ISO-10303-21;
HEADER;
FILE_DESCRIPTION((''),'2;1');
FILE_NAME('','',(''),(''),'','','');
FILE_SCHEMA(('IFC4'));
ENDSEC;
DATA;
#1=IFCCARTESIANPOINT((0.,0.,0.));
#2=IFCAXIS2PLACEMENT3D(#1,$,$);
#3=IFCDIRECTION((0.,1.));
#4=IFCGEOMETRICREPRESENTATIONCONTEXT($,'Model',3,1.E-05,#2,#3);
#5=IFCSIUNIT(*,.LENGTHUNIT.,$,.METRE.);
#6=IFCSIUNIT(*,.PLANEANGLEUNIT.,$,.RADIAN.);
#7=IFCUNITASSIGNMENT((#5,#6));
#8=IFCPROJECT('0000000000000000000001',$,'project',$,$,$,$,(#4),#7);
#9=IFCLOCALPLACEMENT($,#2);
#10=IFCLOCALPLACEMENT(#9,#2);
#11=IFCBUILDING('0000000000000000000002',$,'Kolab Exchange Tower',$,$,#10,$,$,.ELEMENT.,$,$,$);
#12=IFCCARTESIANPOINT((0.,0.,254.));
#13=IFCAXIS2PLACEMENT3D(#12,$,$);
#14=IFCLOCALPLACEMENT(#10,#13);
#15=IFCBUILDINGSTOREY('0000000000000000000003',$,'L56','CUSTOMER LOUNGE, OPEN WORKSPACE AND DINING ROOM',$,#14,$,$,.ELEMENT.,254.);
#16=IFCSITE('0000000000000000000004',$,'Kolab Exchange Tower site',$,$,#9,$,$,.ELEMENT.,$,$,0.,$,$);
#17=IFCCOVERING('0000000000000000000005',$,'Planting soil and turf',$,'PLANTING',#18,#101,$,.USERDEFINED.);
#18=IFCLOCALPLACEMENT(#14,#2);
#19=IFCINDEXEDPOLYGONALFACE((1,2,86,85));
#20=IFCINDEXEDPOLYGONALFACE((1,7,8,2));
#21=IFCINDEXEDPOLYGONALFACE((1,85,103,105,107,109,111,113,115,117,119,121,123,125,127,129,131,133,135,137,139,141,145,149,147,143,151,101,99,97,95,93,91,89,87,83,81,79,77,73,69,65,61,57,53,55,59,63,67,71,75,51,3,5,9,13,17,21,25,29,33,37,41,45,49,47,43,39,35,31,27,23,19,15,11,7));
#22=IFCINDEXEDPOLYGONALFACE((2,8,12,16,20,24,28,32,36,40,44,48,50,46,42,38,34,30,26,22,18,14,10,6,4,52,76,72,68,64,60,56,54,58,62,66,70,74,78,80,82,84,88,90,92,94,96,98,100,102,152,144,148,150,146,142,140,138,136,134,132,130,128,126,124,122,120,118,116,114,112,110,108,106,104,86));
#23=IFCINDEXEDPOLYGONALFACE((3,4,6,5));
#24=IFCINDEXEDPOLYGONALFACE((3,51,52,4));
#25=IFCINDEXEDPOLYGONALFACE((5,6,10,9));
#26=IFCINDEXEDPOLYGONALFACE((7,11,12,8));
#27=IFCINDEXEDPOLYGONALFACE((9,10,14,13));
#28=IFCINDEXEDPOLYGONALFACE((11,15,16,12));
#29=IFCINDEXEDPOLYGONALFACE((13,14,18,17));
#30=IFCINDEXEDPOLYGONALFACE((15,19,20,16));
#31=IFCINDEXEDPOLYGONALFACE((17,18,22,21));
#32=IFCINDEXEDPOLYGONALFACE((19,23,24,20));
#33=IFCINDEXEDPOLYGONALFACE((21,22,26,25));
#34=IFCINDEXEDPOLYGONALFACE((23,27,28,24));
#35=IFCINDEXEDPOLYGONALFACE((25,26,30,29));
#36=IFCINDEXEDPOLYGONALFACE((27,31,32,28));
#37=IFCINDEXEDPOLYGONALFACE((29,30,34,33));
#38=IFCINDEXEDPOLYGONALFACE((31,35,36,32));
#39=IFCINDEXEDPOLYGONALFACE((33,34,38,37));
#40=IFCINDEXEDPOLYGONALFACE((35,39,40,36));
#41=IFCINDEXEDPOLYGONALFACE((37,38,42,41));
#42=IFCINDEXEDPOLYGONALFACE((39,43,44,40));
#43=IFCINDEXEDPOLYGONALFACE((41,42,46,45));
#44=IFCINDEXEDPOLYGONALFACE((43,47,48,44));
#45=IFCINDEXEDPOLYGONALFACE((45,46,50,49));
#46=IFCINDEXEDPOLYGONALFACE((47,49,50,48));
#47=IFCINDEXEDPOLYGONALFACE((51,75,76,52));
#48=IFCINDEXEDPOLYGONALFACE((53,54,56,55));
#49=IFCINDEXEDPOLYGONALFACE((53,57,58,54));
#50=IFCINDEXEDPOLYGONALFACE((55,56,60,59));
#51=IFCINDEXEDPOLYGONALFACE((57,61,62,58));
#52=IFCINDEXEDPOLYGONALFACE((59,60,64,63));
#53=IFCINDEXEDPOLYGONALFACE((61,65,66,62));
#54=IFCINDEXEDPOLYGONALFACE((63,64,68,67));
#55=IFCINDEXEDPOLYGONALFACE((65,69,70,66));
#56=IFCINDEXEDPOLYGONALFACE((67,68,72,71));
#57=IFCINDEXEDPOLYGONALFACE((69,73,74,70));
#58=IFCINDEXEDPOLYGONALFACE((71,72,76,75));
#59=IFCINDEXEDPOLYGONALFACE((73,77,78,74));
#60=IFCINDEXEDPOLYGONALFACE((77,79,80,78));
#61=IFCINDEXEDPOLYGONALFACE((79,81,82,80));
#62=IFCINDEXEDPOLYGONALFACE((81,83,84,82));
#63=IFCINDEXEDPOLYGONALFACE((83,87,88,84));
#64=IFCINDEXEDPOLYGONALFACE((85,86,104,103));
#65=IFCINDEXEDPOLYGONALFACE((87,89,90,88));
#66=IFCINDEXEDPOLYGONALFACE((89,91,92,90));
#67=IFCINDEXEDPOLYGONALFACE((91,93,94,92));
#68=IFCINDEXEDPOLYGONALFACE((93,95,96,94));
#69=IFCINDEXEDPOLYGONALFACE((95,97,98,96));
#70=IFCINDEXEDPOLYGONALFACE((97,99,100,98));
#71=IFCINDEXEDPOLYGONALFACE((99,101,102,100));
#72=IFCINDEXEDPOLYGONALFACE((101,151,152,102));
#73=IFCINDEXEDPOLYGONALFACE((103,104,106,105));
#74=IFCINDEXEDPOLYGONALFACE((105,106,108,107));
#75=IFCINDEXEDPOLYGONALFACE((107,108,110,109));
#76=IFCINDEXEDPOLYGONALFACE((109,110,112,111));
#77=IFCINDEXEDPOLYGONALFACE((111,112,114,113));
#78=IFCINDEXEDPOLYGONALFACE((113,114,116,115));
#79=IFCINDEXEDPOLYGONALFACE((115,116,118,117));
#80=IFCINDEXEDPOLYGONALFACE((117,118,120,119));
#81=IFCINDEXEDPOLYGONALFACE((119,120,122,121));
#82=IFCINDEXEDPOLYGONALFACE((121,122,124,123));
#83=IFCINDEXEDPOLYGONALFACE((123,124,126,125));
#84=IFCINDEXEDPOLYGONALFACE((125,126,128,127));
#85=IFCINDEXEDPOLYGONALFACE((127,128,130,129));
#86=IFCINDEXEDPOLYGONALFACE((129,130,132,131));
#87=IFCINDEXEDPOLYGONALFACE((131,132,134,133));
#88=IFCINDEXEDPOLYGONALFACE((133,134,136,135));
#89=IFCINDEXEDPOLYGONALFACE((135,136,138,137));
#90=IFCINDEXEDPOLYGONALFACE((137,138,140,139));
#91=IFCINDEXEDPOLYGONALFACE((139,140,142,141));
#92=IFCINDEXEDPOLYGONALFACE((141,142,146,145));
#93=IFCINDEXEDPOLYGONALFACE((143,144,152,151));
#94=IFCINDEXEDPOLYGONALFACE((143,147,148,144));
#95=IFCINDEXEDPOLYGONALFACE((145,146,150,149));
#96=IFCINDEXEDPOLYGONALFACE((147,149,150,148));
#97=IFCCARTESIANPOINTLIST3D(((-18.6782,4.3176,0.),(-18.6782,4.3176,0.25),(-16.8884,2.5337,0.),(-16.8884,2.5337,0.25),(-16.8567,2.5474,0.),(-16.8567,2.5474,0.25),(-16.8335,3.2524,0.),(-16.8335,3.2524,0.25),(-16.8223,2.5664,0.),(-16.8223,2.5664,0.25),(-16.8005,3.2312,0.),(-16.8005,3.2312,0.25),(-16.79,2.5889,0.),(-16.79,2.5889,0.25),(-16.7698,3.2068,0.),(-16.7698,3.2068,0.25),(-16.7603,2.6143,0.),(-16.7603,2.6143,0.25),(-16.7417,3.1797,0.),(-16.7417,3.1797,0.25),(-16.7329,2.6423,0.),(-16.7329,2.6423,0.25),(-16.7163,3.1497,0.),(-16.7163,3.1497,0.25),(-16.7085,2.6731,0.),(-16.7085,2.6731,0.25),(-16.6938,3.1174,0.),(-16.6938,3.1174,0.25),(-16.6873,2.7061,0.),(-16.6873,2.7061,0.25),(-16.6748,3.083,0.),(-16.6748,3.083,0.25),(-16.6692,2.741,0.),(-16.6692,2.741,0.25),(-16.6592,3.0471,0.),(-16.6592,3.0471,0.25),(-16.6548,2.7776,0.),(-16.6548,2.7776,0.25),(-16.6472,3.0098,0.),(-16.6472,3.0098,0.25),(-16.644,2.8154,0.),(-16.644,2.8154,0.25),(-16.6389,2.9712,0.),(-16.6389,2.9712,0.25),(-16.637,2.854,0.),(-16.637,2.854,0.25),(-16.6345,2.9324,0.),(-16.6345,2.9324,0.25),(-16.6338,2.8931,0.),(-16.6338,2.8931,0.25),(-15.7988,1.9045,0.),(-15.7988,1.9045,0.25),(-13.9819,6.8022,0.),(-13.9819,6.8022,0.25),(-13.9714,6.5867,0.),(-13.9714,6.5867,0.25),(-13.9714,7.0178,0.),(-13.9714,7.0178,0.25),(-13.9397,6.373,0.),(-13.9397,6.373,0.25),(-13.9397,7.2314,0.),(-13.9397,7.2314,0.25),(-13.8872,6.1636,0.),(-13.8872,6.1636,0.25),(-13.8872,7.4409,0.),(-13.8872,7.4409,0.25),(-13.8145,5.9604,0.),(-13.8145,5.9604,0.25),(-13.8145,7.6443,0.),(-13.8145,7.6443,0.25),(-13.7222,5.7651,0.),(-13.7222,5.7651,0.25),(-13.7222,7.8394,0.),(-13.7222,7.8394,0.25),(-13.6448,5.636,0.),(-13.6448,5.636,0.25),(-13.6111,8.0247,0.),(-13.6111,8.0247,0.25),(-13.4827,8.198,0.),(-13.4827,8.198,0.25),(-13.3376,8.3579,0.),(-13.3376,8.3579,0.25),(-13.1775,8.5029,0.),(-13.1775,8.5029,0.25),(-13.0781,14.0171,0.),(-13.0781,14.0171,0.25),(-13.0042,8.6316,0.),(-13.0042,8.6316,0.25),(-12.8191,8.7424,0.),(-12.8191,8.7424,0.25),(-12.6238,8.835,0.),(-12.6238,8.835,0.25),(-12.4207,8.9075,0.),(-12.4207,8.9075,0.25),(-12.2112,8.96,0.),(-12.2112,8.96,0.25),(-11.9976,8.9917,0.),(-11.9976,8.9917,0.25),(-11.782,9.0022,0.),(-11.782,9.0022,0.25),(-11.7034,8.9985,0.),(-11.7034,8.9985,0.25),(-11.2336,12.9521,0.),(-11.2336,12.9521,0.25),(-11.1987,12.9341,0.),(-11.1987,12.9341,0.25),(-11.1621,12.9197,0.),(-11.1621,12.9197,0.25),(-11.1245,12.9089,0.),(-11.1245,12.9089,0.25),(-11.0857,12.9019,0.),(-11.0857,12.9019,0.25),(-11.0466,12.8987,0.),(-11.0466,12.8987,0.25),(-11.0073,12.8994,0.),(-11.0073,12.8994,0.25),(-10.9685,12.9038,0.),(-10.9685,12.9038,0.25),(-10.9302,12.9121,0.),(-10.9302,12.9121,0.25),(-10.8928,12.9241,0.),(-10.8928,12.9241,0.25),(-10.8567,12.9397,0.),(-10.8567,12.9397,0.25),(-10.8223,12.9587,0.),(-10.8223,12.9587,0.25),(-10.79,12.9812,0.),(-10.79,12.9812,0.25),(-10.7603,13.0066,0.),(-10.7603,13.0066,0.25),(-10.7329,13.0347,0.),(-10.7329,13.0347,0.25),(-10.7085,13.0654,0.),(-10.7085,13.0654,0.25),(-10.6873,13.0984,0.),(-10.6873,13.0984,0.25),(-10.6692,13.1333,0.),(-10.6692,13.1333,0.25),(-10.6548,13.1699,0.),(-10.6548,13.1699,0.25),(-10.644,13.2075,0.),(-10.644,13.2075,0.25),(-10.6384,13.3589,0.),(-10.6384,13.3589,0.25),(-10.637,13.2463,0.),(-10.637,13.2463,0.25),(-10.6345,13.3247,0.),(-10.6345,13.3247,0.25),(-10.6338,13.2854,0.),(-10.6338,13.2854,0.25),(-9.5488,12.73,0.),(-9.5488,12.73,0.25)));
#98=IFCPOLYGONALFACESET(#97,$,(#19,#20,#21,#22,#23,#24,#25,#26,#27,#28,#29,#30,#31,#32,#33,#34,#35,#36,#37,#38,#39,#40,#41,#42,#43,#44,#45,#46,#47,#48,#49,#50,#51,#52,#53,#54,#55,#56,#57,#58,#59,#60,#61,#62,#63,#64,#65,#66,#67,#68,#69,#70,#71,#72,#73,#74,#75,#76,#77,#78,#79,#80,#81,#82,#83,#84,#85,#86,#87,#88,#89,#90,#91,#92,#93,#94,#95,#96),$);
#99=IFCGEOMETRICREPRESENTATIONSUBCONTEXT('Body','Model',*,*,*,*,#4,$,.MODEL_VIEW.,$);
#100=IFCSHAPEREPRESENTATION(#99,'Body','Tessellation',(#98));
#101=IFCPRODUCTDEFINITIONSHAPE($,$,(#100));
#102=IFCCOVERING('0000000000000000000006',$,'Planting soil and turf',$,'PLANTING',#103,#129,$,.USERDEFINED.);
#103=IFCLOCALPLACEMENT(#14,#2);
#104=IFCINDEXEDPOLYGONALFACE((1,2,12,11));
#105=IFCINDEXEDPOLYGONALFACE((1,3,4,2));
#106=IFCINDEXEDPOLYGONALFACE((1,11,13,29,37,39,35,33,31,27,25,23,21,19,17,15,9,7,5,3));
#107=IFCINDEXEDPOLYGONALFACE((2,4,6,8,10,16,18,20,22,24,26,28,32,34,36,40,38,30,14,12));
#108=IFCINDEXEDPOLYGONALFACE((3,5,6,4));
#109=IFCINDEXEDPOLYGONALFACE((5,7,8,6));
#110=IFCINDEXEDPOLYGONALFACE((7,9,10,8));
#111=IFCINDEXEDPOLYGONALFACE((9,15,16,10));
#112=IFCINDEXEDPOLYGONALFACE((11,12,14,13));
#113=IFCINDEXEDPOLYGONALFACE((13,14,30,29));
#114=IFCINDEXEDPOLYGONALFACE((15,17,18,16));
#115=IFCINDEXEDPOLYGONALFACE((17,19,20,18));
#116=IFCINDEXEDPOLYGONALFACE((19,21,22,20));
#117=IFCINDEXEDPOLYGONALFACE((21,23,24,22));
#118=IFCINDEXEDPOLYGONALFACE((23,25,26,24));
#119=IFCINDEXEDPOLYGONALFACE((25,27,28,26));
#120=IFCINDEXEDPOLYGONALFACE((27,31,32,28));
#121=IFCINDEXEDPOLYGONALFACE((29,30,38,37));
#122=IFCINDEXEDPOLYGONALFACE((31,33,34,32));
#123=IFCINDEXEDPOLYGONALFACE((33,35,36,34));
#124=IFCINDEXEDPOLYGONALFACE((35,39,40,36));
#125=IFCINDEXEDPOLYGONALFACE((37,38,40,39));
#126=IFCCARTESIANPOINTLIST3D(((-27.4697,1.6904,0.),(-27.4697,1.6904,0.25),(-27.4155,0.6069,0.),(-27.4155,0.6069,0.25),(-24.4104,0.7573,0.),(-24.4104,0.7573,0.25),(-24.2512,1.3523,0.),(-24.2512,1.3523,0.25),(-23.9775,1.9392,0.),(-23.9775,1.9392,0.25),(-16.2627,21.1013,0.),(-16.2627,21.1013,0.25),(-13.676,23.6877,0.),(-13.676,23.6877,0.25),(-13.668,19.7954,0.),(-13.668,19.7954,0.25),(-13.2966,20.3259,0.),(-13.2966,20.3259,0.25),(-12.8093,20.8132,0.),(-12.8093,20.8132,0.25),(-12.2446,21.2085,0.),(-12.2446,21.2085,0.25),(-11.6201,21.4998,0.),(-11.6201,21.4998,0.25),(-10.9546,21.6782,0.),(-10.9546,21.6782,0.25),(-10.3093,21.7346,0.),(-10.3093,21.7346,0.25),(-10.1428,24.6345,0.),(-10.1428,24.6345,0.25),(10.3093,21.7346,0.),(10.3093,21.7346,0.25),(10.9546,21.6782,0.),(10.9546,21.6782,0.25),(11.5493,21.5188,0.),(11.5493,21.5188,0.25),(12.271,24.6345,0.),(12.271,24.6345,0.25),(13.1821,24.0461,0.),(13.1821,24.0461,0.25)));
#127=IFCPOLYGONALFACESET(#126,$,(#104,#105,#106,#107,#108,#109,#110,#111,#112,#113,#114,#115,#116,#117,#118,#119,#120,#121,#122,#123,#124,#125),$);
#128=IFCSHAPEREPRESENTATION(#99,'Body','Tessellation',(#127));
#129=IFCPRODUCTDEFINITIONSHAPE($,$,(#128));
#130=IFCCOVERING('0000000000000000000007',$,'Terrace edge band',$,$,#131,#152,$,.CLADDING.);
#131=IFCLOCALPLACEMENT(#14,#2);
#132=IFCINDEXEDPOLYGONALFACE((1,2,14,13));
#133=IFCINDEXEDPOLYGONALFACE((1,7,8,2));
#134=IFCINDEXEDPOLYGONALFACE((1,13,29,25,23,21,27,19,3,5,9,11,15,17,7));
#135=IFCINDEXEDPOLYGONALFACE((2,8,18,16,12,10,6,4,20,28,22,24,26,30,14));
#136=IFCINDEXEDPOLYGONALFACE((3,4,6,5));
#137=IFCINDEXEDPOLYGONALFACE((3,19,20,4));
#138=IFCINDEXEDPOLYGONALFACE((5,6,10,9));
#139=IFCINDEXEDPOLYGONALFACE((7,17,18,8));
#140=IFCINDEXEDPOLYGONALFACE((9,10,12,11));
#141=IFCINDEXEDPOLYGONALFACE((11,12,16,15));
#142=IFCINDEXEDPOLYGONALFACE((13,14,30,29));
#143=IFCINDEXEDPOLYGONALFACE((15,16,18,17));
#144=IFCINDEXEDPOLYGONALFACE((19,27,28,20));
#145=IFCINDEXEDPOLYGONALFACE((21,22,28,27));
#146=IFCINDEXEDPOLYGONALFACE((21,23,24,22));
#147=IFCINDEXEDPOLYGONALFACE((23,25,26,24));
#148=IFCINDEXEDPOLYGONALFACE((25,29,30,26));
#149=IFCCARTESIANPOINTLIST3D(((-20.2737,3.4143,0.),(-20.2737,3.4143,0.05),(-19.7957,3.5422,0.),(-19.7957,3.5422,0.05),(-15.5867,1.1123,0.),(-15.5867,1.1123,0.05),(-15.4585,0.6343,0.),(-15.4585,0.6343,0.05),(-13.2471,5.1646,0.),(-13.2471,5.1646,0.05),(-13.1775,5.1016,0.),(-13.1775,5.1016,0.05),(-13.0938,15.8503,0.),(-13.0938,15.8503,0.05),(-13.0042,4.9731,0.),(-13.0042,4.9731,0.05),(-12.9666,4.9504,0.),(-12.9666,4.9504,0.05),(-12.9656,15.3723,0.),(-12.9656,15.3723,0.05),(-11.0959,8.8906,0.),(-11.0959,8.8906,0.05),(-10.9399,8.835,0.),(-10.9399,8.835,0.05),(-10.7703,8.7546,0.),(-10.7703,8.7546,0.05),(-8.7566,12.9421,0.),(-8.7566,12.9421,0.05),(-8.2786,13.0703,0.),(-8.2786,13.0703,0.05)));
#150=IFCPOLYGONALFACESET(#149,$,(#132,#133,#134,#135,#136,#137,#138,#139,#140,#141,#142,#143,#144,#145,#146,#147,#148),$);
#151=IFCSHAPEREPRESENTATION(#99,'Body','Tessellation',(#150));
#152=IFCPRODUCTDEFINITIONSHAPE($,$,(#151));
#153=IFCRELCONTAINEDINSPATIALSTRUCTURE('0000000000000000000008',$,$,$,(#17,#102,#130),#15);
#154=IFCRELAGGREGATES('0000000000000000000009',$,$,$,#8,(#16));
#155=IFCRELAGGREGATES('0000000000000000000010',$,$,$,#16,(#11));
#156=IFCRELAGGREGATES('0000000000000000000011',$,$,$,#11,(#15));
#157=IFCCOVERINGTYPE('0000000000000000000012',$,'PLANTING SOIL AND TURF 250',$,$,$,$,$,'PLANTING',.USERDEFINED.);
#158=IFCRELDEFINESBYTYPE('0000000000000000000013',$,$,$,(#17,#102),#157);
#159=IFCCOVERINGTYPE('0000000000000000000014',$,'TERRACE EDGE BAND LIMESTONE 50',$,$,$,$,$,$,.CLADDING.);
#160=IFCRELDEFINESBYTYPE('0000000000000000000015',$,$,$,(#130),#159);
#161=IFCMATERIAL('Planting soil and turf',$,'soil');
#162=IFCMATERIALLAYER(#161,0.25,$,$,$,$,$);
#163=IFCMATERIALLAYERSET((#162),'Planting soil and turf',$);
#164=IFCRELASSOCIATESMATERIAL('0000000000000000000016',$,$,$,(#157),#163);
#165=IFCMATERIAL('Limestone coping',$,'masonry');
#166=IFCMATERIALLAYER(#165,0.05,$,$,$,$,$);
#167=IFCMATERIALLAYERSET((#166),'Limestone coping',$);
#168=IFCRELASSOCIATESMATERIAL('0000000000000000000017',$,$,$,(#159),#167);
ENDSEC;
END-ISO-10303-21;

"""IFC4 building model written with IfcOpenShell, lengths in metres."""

from ifc_helpers import new_model, si_unit, direction, frame, origin, place, context, subcontext, project, spatial, polyline, outline, extrude, material, layer, layer_set, type_object, element, save


model = new_model("IFC4")

# Units and contexts
model_context = context("Model", 3, precision=1e-05, world=origin(), true_north=direction((0.0, 1.0)))
body_context = subcontext(model_context, "Body", "Model", "MODEL_VIEW")
ifc_project = project(units=[si_unit("LENGTHUNIT", "METRE"), si_unit("PLANEANGLEUNIT", "RADIAN")], contexts=[model_context])

# Site, building, storey
site_placement = place(None, origin())
site = spatial("IfcSite", under=ifc_project, at=site_placement, Name="Kolab Exchange Tower site", CompositionType="ELEMENT", RefElevation=0.0)
building_placement = place(site_placement, origin())
building = spatial("IfcBuilding", under=site, at=building_placement, Name="Kolab Exchange Tower", CompositionType="ELEMENT")
storey_placement = place(building_placement, frame((0.0, 0.0, 254.0)))
storey = spatial("IfcBuildingStorey", under=building, at=storey_placement, Name="L56", Description="CUSTOMER LOUNGE, OPEN WORKSPACE AND DINING ROOM", CompositionType="ELEMENT", Elevation=254.0)

# Coverings
ifc_material_1 = material(Name="Planting soil and turf", Category="soil")
ifc_layer_1 = layer(ifc_material_1, 0.25)
ifc_layer_set_1 = layer_set([ifc_layer_1], Name="Planting soil and turf")
covering_type_1 = type_object("IfcCoveringType", Name="PLANTING SOIL AND TURF 250", ElementType="PLANTING", PredefinedType="USERDEFINED", material=ifc_layer_set_1)
covering_1_placement = place(storey_placement, origin())
element("IfcCovering", 1, at=covering_1_placement, inside=storey, type_object=covering_type_1, Name="Planting soil and turf", ObjectType="PLANTING", PredefinedType="USERDEFINED", context=body_context, shape_type="SweptSolid", body=[
    extrude(outline(polyline([(-16.8884, 2.5337), (-16.8567, 2.5474), (-16.8223, 2.5664), (-16.79, 2.5889), (-16.7603, 2.6143), (-16.7329, 2.6423), (-16.7085, 2.6731), (-16.6873, 2.7061), (-16.6692, 2.741), (-16.6548, 2.7776), (-16.644, 2.8154), (-16.637, 2.854), (-16.6338, 2.8931), (-16.6345, 2.9324), (-16.6389, 2.9712), (-16.6472, 3.0098), (-16.6592, 3.0471), (-16.6748, 3.083), (-16.6938, 3.1174), (-16.7163, 3.1497), (-16.7417, 3.1797), (-16.7698, 3.2068), (-16.8005, 3.2312), (-16.8335, 3.2524), (-18.6782, 4.3176), (-13.0781, 14.0171), (-11.2336, 12.9521), (-11.1987, 12.9341), (-11.1621, 12.9197), (-11.1245, 12.9089), (-11.0857, 12.9019), (-11.0466, 12.8987), (-11.0073, 12.8994), (-10.9685, 12.9038), (-10.9302, 12.9121), (-10.8928, 12.9241), (-10.8567, 12.9397), (-10.8223, 12.9587), (-10.79, 12.9812), (-10.7603, 13.0066), (-10.7329, 13.0347), (-10.7085, 13.0654), (-10.6873, 13.0984), (-10.6692, 13.1333), (-10.6548, 13.1699), (-10.644, 13.2075), (-10.637, 13.2463), (-10.6338, 13.2854), (-10.6345, 13.3247), (-10.6384, 13.3589), (-9.5488, 12.73), (-11.7034, 8.9985), (-11.782, 9.0022), (-11.9976, 8.9917), (-12.2112, 8.96), (-12.4207, 8.9075), (-12.6238, 8.835), (-12.8191, 8.7424), (-13.0042, 8.6316), (-13.1775, 8.5029), (-13.3376, 8.3579), (-13.4827, 8.198), (-13.6111, 8.0247), (-13.7222, 7.8394), (-13.8145, 7.6443), (-13.8872, 7.4409), (-13.9397, 7.2314), (-13.9714, 7.0178), (-13.9819, 6.8022), (-13.9714, 6.5867), (-13.9397, 6.373), (-13.8872, 6.1636), (-13.8145, 5.9604), (-13.7222, 5.7651), (-13.6448, 5.636), (-15.7988, 1.9045), (-16.8884, 2.5337)])), origin(), (0.0, 0.0, 1.0), 0.25),
])
covering_2_placement = place(storey_placement, origin())
element("IfcCovering", 2, at=covering_2_placement, inside=storey, type_object=covering_type_1, Name="Planting soil and turf", ObjectType="PLANTING", PredefinedType="USERDEFINED", context=body_context, shape_type="SweptSolid", body=[
    extrude(outline(polyline([(-27.4155, 0.6069), (-27.4697, 1.6904), (-16.2627, 21.1013), (-13.676, 23.6877), (-10.1428, 24.6345), (12.271, 24.6345), (13.1821, 24.0461), (11.5493, 21.5188), (10.9546, 21.6782), (10.3093, 21.7346), (-10.3093, 21.7346), (-10.9546, 21.6782), (-11.6201, 21.4998), (-12.2446, 21.2085), (-12.8093, 20.8132), (-13.2966, 20.3259), (-13.668, 19.7954), (-23.9775, 1.9392), (-24.2512, 1.3523), (-24.4104, 0.7573), (-27.4155, 0.6069)])), origin(), (0.0, 0.0, 1.0), 0.25),
])
ifc_material_2 = material(Name="Limestone coping", Category="masonry")
ifc_layer_2 = layer(ifc_material_2, 0.05)
ifc_layer_set_2 = layer_set([ifc_layer_2], Name="Limestone coping")
covering_type_2 = type_object("IfcCoveringType", Name="TERRACE EDGE BAND LIMESTONE 50", PredefinedType="CLADDING", material=ifc_layer_set_2)
covering_3_placement = place(storey_placement, origin())
element("IfcCovering", 3, at=covering_3_placement, inside=storey, type_object=covering_type_2, Name="Terrace edge band", PredefinedType="CLADDING", context=body_context, shape_type="SweptSolid", body=[
    extrude(outline(polyline([(-13.0938, 15.8503), (-8.2786, 13.0703), (-10.7703, 8.7546), (-10.9399, 8.835), (-11.0959, 8.8906), (-8.7566, 12.9421), (-12.9656, 15.3723), (-19.7957, 3.5422), (-15.5867, 1.1123), (-13.2471, 5.1646), (-13.1775, 5.1016), (-13.0042, 4.9731), (-12.9666, 4.9504), (-15.4585, 0.6343), (-20.2737, 3.4143), (-13.0938, 15.8503)])), origin(), (0.0, 0.0, 1.0), 0.05),
])

save(model, "model.ifc")
